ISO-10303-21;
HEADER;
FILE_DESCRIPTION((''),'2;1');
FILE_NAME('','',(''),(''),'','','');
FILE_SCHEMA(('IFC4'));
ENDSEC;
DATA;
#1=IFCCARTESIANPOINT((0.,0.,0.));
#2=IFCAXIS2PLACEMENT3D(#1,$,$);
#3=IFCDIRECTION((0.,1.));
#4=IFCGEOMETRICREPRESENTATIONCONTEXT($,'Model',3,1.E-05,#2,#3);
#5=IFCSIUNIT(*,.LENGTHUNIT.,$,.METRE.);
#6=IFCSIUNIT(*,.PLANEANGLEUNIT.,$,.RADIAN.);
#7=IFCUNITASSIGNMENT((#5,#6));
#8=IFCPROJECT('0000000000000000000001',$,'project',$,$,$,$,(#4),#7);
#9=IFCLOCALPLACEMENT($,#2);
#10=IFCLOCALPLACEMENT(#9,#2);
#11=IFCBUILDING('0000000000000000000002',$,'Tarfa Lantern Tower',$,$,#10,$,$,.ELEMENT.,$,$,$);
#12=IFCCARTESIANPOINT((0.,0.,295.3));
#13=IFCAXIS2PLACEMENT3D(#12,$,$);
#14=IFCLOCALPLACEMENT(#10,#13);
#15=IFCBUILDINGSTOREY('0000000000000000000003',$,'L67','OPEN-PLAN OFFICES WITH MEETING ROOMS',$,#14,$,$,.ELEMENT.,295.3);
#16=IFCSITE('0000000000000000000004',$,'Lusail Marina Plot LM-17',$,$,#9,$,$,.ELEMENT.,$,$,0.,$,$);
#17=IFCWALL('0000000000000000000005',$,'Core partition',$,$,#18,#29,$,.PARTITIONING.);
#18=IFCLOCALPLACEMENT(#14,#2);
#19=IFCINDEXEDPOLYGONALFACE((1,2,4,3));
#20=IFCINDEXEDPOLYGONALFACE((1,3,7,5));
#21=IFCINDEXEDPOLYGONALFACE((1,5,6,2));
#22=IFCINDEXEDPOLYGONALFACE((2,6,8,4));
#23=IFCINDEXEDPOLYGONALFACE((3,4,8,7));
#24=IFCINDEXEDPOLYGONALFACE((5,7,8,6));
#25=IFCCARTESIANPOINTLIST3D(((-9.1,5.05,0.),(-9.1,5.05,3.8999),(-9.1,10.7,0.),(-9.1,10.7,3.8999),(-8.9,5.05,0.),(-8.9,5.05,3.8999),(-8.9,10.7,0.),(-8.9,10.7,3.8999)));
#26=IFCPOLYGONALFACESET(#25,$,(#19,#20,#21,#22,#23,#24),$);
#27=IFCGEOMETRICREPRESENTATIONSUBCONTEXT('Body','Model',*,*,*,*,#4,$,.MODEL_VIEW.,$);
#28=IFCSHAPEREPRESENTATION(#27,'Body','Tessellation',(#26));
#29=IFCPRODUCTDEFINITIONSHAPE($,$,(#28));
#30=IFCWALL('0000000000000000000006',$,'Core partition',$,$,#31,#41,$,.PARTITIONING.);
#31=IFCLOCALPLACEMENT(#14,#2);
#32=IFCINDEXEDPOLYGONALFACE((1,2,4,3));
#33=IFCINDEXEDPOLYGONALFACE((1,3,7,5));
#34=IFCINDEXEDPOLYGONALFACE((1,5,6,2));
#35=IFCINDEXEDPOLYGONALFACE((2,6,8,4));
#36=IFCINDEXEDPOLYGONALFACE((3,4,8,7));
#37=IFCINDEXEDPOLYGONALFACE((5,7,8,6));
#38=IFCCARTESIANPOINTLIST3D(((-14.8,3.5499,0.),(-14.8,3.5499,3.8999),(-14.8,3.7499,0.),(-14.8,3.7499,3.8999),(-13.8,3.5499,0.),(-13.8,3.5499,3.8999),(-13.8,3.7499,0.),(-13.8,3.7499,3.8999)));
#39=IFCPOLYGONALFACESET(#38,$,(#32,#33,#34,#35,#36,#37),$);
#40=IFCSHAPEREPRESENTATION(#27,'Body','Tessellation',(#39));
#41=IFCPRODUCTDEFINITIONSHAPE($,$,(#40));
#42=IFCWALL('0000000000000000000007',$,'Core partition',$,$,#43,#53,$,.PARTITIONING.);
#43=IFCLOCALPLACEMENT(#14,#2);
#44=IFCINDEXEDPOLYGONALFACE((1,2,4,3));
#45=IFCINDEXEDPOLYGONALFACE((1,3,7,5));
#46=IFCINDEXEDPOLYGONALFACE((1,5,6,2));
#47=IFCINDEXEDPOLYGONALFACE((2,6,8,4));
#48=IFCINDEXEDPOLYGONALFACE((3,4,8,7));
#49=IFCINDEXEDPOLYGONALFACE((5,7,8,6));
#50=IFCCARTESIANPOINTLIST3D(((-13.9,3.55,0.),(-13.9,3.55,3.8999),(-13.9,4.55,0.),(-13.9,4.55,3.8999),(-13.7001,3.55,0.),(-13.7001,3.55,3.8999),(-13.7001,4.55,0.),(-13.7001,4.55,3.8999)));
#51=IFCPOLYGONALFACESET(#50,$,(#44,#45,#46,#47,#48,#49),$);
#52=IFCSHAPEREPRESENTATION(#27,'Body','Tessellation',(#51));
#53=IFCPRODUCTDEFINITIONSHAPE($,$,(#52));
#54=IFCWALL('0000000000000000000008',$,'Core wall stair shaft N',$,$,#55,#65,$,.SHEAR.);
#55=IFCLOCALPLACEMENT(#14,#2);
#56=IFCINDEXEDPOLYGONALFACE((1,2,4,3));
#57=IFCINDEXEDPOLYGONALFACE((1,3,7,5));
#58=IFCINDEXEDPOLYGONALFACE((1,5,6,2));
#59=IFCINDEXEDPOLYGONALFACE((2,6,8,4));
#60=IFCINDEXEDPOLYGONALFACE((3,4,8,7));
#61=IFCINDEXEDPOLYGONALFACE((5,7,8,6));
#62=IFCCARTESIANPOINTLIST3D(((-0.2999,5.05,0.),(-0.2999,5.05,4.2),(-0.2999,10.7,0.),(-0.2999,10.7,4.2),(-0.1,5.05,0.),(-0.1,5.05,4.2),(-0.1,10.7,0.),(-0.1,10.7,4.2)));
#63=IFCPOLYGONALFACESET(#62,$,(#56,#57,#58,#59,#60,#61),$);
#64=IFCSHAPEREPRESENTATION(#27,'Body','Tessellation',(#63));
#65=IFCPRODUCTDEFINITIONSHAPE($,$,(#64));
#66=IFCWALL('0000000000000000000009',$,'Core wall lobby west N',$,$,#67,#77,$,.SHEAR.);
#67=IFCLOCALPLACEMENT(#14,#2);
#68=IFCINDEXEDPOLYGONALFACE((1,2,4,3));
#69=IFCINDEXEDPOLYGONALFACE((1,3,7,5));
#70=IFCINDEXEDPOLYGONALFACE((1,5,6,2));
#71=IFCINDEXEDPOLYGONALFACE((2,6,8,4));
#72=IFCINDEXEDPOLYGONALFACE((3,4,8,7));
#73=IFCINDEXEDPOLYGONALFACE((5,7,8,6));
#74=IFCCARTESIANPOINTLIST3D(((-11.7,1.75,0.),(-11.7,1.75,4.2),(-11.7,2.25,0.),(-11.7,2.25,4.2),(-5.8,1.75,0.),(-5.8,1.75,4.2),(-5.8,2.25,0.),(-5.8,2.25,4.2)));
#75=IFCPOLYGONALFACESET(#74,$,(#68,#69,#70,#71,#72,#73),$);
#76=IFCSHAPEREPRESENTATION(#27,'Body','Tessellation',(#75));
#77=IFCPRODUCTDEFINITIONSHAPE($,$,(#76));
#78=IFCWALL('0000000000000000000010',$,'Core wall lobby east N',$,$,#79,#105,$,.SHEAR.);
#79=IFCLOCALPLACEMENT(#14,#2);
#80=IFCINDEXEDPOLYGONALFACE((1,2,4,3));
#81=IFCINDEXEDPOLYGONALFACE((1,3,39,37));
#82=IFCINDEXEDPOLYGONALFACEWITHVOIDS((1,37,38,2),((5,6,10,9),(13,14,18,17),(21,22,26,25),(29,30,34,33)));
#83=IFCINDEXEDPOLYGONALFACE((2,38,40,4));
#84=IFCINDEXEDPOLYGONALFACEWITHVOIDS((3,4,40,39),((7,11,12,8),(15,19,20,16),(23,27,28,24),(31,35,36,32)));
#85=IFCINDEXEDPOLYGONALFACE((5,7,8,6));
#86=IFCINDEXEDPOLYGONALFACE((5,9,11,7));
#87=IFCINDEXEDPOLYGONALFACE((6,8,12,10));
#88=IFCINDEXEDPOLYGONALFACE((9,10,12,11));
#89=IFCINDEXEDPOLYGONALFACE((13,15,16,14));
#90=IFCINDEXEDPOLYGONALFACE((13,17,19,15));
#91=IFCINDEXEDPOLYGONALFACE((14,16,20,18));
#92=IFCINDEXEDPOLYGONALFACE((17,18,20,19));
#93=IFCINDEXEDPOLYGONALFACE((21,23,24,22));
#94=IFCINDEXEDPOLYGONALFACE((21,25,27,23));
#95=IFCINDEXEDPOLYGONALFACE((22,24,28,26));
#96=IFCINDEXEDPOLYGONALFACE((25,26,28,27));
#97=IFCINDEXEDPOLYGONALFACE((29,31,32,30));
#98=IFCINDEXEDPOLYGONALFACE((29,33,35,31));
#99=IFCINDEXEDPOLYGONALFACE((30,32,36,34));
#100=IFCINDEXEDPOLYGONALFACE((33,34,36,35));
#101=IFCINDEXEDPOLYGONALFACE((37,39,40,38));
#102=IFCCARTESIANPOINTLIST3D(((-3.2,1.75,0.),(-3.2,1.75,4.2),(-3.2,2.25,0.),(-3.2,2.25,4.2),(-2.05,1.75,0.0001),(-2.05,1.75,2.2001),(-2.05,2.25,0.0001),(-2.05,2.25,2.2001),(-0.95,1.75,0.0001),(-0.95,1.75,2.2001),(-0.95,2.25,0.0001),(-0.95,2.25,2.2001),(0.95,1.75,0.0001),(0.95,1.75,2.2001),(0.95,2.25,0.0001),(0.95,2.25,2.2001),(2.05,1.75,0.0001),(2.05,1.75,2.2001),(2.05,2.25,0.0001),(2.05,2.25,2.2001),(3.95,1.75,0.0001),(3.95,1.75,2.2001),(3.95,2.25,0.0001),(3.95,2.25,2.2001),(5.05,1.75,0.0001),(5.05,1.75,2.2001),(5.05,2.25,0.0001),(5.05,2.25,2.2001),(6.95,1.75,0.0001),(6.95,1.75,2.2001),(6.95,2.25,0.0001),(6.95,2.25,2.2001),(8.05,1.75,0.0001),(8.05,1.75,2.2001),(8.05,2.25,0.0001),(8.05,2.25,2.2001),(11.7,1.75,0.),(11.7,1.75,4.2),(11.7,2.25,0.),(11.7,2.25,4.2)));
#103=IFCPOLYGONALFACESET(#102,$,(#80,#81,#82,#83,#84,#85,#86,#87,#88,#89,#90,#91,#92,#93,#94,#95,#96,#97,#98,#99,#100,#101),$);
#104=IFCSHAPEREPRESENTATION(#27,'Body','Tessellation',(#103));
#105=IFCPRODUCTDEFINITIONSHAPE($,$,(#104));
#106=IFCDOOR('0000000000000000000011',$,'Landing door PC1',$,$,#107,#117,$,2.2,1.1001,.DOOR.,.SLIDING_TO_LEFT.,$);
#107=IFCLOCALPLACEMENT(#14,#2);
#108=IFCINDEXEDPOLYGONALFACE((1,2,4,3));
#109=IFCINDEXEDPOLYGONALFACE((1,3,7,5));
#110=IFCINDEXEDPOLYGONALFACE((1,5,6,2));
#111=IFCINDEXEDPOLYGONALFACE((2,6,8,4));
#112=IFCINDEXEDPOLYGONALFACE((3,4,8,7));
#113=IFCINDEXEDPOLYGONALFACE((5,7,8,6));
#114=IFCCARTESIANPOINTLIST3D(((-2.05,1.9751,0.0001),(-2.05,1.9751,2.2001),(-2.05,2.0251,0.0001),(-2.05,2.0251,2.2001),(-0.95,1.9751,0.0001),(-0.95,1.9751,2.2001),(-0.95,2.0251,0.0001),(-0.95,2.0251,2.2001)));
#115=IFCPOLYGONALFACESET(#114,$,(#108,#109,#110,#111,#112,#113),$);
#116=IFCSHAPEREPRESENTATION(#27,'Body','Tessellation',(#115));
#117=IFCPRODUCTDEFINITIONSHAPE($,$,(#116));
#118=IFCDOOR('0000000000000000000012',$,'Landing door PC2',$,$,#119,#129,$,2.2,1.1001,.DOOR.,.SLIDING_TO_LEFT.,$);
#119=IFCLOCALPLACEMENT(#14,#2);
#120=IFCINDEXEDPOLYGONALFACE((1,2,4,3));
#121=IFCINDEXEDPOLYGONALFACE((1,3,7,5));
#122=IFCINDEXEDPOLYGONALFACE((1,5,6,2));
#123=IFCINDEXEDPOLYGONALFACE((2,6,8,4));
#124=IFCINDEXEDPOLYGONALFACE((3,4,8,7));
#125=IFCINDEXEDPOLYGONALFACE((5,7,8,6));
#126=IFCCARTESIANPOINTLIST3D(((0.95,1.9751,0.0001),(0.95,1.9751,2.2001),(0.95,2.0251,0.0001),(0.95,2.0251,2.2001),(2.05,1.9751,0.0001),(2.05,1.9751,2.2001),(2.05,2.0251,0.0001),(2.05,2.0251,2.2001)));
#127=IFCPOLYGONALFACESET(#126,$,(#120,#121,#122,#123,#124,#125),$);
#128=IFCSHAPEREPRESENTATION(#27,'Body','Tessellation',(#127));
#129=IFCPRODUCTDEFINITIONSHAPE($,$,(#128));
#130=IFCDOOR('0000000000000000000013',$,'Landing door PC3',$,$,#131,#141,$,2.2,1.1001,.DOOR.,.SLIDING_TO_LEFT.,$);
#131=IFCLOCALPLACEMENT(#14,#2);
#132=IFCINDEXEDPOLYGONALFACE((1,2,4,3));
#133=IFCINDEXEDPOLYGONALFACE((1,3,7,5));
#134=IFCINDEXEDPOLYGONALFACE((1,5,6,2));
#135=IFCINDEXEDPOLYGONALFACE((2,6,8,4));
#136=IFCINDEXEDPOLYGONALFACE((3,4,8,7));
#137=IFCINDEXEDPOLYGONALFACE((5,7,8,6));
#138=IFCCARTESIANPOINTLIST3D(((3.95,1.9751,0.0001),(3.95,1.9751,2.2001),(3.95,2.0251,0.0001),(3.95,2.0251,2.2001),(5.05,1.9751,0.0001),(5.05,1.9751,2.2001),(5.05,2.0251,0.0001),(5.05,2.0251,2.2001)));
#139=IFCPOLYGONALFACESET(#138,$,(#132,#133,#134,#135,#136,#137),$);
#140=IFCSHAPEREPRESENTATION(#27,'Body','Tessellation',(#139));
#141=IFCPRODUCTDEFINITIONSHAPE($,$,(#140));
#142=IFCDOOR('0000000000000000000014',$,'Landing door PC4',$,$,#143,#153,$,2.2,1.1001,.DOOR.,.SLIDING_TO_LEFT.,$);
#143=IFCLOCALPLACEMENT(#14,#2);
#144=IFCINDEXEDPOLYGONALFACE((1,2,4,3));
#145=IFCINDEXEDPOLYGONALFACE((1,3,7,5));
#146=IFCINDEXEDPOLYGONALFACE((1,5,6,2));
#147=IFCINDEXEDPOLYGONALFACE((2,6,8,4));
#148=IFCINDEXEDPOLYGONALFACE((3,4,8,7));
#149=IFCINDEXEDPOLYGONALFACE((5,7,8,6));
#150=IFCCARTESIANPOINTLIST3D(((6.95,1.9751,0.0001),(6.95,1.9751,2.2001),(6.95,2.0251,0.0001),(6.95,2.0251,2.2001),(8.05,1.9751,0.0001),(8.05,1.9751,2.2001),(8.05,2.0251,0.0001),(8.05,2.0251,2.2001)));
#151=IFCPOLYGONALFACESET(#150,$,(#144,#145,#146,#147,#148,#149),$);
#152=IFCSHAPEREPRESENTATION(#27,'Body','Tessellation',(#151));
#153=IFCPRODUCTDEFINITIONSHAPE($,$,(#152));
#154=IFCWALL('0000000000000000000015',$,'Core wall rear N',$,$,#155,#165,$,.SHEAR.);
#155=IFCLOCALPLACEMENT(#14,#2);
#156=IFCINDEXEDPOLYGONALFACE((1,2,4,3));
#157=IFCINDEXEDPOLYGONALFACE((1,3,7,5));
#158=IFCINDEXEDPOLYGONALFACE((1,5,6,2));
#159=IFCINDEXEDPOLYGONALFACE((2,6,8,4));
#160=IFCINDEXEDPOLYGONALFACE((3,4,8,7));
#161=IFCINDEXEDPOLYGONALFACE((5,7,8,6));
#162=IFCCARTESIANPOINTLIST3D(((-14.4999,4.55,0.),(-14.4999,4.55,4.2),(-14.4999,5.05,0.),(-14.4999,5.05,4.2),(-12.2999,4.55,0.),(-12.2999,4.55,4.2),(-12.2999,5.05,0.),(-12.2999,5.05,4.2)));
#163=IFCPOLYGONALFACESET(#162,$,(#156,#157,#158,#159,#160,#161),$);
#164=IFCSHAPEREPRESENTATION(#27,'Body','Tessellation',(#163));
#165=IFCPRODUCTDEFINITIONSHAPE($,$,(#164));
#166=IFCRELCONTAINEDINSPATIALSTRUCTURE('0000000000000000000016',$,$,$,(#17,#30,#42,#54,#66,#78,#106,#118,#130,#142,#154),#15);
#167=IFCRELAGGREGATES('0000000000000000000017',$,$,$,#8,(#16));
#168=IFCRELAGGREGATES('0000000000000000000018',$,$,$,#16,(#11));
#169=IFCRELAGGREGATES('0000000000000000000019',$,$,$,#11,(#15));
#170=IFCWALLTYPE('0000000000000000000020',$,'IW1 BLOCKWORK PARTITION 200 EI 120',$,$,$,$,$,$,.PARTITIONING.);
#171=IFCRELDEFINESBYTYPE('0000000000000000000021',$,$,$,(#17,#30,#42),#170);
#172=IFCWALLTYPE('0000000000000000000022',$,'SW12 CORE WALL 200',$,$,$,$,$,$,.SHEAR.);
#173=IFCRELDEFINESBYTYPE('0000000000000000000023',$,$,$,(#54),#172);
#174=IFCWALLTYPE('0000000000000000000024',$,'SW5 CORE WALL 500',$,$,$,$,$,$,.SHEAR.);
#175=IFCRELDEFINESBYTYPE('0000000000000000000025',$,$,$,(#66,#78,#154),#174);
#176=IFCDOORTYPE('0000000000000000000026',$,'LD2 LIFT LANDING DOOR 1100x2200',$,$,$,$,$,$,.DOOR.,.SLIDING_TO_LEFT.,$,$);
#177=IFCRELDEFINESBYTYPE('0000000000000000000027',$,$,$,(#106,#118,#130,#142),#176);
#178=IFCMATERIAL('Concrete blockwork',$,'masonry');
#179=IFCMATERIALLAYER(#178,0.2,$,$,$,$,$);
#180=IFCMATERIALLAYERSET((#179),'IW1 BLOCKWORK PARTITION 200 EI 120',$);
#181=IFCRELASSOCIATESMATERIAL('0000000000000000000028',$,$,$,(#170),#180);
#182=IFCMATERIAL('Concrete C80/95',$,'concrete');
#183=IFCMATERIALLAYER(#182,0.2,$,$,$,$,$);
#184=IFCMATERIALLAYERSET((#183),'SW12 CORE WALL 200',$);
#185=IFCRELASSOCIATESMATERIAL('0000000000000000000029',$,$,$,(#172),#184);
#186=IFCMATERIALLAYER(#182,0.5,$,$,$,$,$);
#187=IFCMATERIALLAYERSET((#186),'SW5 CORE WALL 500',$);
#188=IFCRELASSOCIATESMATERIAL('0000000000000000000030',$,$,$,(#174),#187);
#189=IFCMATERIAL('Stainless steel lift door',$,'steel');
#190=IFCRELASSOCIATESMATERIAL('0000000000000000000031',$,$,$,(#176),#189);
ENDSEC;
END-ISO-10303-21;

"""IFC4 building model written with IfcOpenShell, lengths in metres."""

from ifc_helpers import new_model, si_unit, direction, frame, frame_2d, origin, place, context, subcontext, project, spatial, rectangle, extrude, material, layer, layer_set, type_object, element, fill, save


model = new_model("IFC4")

# Units and contexts
model_context = context("Model", 3, precision=1e-05, world=origin(), true_north=direction((0.0, 1.0)))
body_context = subcontext(model_context, "Body", "Model", "MODEL_VIEW")
ifc_project = project(units=[si_unit("LENGTHUNIT", "METRE"), si_unit("PLANEANGLEUNIT", "RADIAN")], contexts=[model_context])

# Site, building, storey
site_placement = place(None, origin())
site = spatial("IfcSite", under=ifc_project, at=site_placement, Name="Lusail Marina Plot LM-17", CompositionType="ELEMENT", RefElevation=0.0)
building_placement = place(site_placement, origin())
building = spatial("IfcBuilding", under=site, at=building_placement, Name="Tarfa Lantern Tower", CompositionType="ELEMENT")
storey_placement = place(building_placement, frame((0.0, 0.0, 295.3)))
storey = spatial("IfcBuildingStorey", under=building, at=storey_placement, Name="L67", Description="OPEN-PLAN OFFICES WITH MEETING ROOMS", CompositionType="ELEMENT", Elevation=295.3)

# Walls
ifc_material_1 = material(Name="Concrete blockwork", Category="masonry")
ifc_layer_1 = layer(ifc_material_1, 0.2)
ifc_layer_set_1 = layer_set([ifc_layer_1], Name="IW1 BLOCKWORK PARTITION 200 EI 120")
wall_type_1 = type_object("IfcWallType", Name="IW1 BLOCKWORK PARTITION 200 EI 120", PredefinedType="PARTITIONING", material=ifc_layer_set_1)
wall_1_placement = place(storey_placement, frame((-9.0, 5.05, 0.0), z_axis=(0.0, 0.0, 1.0), x_axis=(0.0, 1.0, 0.0)))
element("IfcWall", 1, at=wall_1_placement, inside=storey, type_object=wall_type_1, Name="Core partition", PredefinedType="PARTITIONING", context=body_context, shape_type="SweptSolid", body=[
    extrude(rectangle(XDim=5.6499, YDim=0.2, at=frame_2d((2.825, 0.0))), origin(), (0.0, 0.0, 1.0), 3.8999),
])
for number, where, z_axis, x_axis, name in (
    (2, (-14.8, 3.6499, 0.0), (0.0, 0.0, 1.0), (1.0, 0.0, 0.0), "Core partition"),
    (3, (-13.8, 3.55, 0.0), (0.0, 0.0, 1.0), (0.0, 1.0, 0.0), "Core partition"),
):
    element("IfcWall", number, at=place(storey_placement, frame(where, z_axis=z_axis, x_axis=x_axis)), inside=storey, type_object=wall_type_1, Name=name, PredefinedType="PARTITIONING", context=body_context, shape_type="SweptSolid", body=[
        extrude(rectangle(XDim=1.0, YDim=0.2, at=frame_2d((0.5, 0.0))), origin(), (0.0, 0.0, 1.0), 3.8999),
    ])
ifc_material_2 = material(Name="Concrete C80/95", Category="concrete")
ifc_layer_2 = layer(ifc_material_2, 0.2)
ifc_layer_set_2 = layer_set([ifc_layer_2], Name="SW12 CORE WALL 200")
wall_type_2 = type_object("IfcWallType", Name="SW12 CORE WALL 200", PredefinedType="SHEAR", material=ifc_layer_set_2)
wall_2_placement = place(storey_placement, frame((-0.2, 5.05, 0.0), z_axis=(0.0, 0.0, 1.0), x_axis=(0.0, 1.0, 0.0)))
element("IfcWall", 4, at=wall_2_placement, inside=storey, type_object=wall_type_2, Name="Core wall stair shaft N", PredefinedType="SHEAR", context=body_context, shape_type="SweptSolid", body=[
    extrude(rectangle(XDim=5.6499, YDim=0.2, at=frame_2d((2.825, 0.0))), origin(), (0.0, 0.0, 1.0), 4.2),
])
ifc_layer_3 = layer(ifc_material_2, 0.5)
ifc_layer_set_3 = layer_set([ifc_layer_3], Name="SW5 CORE WALL 500")
wall_type_3 = type_object("IfcWallType", Name="SW5 CORE WALL 500", PredefinedType="SHEAR", material=ifc_layer_set_3)
wall_3_placement = place(storey_placement, frame((-11.7, 2.0, 0.0), z_axis=(0.0, 0.0, 1.0), x_axis=(1.0, 0.0, 0.0)))
element("IfcWall", 5, at=wall_3_placement, inside=storey, type_object=wall_type_3, Name="Core wall lobby west N", PredefinedType="SHEAR", context=body_context, shape_type="SweptSolid", body=[
    extrude(rectangle(XDim=5.8999, YDim=0.5, at=frame_2d((2.95, 0.0))), origin(), (0.0, 0.0, 1.0), 4.2),
])

# Wall, openings, doors
wall_4_placement = place(storey_placement, frame((-3.2, 2.0, 0.0), z_axis=(0.0, 0.0, 1.0), x_axis=(1.0, 0.0, 0.0)))
wall_4 = element("IfcWall", 6, at=wall_4_placement, inside=storey, type_object=wall_type_3, Name="Core wall lobby east N", PredefinedType="SHEAR", context=body_context, shape_type="SweptSolid", body=[
    extrude(rectangle(XDim=14.8999, YDim=0.5, at=frame_2d((7.45, 0.0))), origin(), (0.0, 0.0, 1.0), 4.2),
])
opening_1_placement = place(wall_4_placement, frame((1.1499, 0.0, 0.0)))
opening_1 = element("IfcOpeningElement", 7, at=opening_1_placement, cuts=wall_4, PredefinedType="OPENING", context=body_context, shape_type="SweptSolid", body=[
    extrude(rectangle(XDim=1.1001, YDim=2.2, at=frame_2d((0.55, 1.1001))), frame((0.0, 0.26, 0.0), z_axis=(0.0, -1.0, 0.0), x_axis=(1.0, 0.0, 0.0)), (0.0, 0.0, 1.0), 0.52),
])
opening_2_placement = place(wall_4_placement, frame((4.1499, 0.0, 0.0)))
opening_2 = element("IfcOpeningElement", 8, at=opening_2_placement, cuts=wall_4, PredefinedType="OPENING", context=body_context, shape_type="SweptSolid", body=[
    extrude(rectangle(XDim=1.1001, YDim=2.2, at=frame_2d((0.55, 1.1001))), frame((0.0, 0.26, 0.0), z_axis=(0.0, -1.0, 0.0), x_axis=(1.0, 0.0, 0.0)), (0.0, 0.0, 1.0), 0.52),
])
opening_3_placement = place(wall_4_placement, frame((7.1499, 0.0, 0.0)))
opening_3 = element("IfcOpeningElement", 9, at=opening_3_placement, cuts=wall_4, PredefinedType="OPENING", context=body_context, shape_type="SweptSolid", body=[
    extrude(rectangle(XDim=1.1001, YDim=2.2, at=frame_2d((0.55, 1.1001))), frame((0.0, 0.26, 0.0), z_axis=(0.0, -1.0, 0.0), x_axis=(1.0, 0.0, 0.0)), (0.0, 0.0, 1.0), 0.52),
])
opening_4_placement = place(wall_4_placement, frame((10.1499, 0.0, 0.0)))
opening_4 = element("IfcOpeningElement", 10, at=opening_4_placement, cuts=wall_4, PredefinedType="OPENING", context=body_context, shape_type="SweptSolid", body=[
    extrude(rectangle(XDim=1.1001, YDim=2.2, at=frame_2d((0.55, 1.1001))), frame((0.0, 0.26, 0.0), z_axis=(0.0, -1.0, 0.0), x_axis=(1.0, 0.0, 0.0)), (0.0, 0.0, 1.0), 0.52),
])
ifc_material_3 = material(Name="Stainless steel lift door", Category="steel")
door_type_1 = type_object("IfcDoorType", Name="LD2 LIFT LANDING DOOR 1100x2200", OperationType="SLIDING_TO_LEFT", PredefinedType="DOOR", material=ifc_material_3)
door_1_placement = place(opening_1_placement, frame((1.1001, 0.0, 0.0), z_axis=(0.0, 0.0, 1.0), x_axis=(-1.0, 0.0, 0.0)))
door_1 = element("IfcDoor", 11, at=door_1_placement, inside=storey, type_object=door_type_1, Name="Landing door PC1", OperationType="SLIDING_TO_LEFT", OverallHeight=2.2, OverallWidth=1.1001, PredefinedType="DOOR", context=body_context, shape_type="SweptSolid", body=[
    extrude(rectangle(XDim=1.1001, YDim=2.2, at=frame_2d((0.55, 1.1001))), frame((0.0, 0.0249, 0.0), z_axis=(0.0, -1.0, 0.0), x_axis=(1.0, 0.0, 0.0)), (0.0, 0.0, 1.0), 0.05),
])
fill(opening_1, door_1)
door_2_placement = place(opening_2_placement, frame((1.1001, 0.0, 0.0), z_axis=(0.0, 0.0, 1.0), x_axis=(-1.0, 0.0, 0.0)))
door_2 = element("IfcDoor", 12, at=door_2_placement, inside=storey, type_object=door_type_1, Name="Landing door PC2", OperationType="SLIDING_TO_LEFT", OverallHeight=2.2, OverallWidth=1.1001, PredefinedType="DOOR", context=body_context, shape_type="SweptSolid", body=[
    extrude(rectangle(XDim=1.1001, YDim=2.2, at=frame_2d((0.55, 1.1001))), frame((0.0, 0.0249, 0.0), z_axis=(0.0, -1.0, 0.0), x_axis=(1.0, 0.0, 0.0)), (0.0, 0.0, 1.0), 0.05),
])
fill(opening_2, door_2)
door_3_placement = place(opening_3_placement, frame((1.1001, 0.0, 0.0), z_axis=(0.0, 0.0, 1.0), x_axis=(-1.0, 0.0, 0.0)))
door_3 = element("IfcDoor", 13, at=door_3_placement, inside=storey, type_object=door_type_1, Name="Landing door PC3", OperationType="SLIDING_TO_LEFT", OverallHeight=2.2, OverallWidth=1.1001, PredefinedType="DOOR", context=body_context, shape_type="SweptSolid", body=[
    extrude(rectangle(XDim=1.1001, YDim=2.2, at=frame_2d((0.55, 1.1001))), frame((0.0, 0.0249, 0.0), z_axis=(0.0, -1.0, 0.0), x_axis=(1.0, 0.0, 0.0)), (0.0, 0.0, 1.0), 0.05),
])
fill(opening_3, door_3)
door_4_placement = place(opening_4_placement, frame((1.1001, 0.0, 0.0), z_axis=(0.0, 0.0, 1.0), x_axis=(-1.0, 0.0, 0.0)))
door_4 = element("IfcDoor", 14, at=door_4_placement, inside=storey, type_object=door_type_1, Name="Landing door PC4", OperationType="SLIDING_TO_LEFT", OverallHeight=2.2, OverallWidth=1.1001, PredefinedType="DOOR", context=body_context, shape_type="SweptSolid", body=[
    extrude(rectangle(XDim=1.1001, YDim=2.2, at=frame_2d((0.55, 1.1001))), frame((0.0, 0.0249, 0.0), z_axis=(0.0, -1.0, 0.0), x_axis=(1.0, 0.0, 0.0)), (0.0, 0.0, 1.0), 0.05),
])
fill(opening_4, door_4)

# Wall
wall_5_placement = place(storey_placement, frame((-14.5, 4.8, 0.0), z_axis=(0.0, 0.0, 1.0), x_axis=(1.0, 0.0, 0.0)))
element("IfcWall", 15, at=wall_5_placement, inside=storey, type_object=wall_type_3, Name="Core wall rear N", PredefinedType="SHEAR", context=body_context, shape_type="SweptSolid", body=[
    extrude(rectangle(XDim=2.2, YDim=0.5, at=frame_2d((1.1001, 0.0))), origin(), (0.0, 0.0, 1.0), 4.2),
])

save(model, "model.ifc")
